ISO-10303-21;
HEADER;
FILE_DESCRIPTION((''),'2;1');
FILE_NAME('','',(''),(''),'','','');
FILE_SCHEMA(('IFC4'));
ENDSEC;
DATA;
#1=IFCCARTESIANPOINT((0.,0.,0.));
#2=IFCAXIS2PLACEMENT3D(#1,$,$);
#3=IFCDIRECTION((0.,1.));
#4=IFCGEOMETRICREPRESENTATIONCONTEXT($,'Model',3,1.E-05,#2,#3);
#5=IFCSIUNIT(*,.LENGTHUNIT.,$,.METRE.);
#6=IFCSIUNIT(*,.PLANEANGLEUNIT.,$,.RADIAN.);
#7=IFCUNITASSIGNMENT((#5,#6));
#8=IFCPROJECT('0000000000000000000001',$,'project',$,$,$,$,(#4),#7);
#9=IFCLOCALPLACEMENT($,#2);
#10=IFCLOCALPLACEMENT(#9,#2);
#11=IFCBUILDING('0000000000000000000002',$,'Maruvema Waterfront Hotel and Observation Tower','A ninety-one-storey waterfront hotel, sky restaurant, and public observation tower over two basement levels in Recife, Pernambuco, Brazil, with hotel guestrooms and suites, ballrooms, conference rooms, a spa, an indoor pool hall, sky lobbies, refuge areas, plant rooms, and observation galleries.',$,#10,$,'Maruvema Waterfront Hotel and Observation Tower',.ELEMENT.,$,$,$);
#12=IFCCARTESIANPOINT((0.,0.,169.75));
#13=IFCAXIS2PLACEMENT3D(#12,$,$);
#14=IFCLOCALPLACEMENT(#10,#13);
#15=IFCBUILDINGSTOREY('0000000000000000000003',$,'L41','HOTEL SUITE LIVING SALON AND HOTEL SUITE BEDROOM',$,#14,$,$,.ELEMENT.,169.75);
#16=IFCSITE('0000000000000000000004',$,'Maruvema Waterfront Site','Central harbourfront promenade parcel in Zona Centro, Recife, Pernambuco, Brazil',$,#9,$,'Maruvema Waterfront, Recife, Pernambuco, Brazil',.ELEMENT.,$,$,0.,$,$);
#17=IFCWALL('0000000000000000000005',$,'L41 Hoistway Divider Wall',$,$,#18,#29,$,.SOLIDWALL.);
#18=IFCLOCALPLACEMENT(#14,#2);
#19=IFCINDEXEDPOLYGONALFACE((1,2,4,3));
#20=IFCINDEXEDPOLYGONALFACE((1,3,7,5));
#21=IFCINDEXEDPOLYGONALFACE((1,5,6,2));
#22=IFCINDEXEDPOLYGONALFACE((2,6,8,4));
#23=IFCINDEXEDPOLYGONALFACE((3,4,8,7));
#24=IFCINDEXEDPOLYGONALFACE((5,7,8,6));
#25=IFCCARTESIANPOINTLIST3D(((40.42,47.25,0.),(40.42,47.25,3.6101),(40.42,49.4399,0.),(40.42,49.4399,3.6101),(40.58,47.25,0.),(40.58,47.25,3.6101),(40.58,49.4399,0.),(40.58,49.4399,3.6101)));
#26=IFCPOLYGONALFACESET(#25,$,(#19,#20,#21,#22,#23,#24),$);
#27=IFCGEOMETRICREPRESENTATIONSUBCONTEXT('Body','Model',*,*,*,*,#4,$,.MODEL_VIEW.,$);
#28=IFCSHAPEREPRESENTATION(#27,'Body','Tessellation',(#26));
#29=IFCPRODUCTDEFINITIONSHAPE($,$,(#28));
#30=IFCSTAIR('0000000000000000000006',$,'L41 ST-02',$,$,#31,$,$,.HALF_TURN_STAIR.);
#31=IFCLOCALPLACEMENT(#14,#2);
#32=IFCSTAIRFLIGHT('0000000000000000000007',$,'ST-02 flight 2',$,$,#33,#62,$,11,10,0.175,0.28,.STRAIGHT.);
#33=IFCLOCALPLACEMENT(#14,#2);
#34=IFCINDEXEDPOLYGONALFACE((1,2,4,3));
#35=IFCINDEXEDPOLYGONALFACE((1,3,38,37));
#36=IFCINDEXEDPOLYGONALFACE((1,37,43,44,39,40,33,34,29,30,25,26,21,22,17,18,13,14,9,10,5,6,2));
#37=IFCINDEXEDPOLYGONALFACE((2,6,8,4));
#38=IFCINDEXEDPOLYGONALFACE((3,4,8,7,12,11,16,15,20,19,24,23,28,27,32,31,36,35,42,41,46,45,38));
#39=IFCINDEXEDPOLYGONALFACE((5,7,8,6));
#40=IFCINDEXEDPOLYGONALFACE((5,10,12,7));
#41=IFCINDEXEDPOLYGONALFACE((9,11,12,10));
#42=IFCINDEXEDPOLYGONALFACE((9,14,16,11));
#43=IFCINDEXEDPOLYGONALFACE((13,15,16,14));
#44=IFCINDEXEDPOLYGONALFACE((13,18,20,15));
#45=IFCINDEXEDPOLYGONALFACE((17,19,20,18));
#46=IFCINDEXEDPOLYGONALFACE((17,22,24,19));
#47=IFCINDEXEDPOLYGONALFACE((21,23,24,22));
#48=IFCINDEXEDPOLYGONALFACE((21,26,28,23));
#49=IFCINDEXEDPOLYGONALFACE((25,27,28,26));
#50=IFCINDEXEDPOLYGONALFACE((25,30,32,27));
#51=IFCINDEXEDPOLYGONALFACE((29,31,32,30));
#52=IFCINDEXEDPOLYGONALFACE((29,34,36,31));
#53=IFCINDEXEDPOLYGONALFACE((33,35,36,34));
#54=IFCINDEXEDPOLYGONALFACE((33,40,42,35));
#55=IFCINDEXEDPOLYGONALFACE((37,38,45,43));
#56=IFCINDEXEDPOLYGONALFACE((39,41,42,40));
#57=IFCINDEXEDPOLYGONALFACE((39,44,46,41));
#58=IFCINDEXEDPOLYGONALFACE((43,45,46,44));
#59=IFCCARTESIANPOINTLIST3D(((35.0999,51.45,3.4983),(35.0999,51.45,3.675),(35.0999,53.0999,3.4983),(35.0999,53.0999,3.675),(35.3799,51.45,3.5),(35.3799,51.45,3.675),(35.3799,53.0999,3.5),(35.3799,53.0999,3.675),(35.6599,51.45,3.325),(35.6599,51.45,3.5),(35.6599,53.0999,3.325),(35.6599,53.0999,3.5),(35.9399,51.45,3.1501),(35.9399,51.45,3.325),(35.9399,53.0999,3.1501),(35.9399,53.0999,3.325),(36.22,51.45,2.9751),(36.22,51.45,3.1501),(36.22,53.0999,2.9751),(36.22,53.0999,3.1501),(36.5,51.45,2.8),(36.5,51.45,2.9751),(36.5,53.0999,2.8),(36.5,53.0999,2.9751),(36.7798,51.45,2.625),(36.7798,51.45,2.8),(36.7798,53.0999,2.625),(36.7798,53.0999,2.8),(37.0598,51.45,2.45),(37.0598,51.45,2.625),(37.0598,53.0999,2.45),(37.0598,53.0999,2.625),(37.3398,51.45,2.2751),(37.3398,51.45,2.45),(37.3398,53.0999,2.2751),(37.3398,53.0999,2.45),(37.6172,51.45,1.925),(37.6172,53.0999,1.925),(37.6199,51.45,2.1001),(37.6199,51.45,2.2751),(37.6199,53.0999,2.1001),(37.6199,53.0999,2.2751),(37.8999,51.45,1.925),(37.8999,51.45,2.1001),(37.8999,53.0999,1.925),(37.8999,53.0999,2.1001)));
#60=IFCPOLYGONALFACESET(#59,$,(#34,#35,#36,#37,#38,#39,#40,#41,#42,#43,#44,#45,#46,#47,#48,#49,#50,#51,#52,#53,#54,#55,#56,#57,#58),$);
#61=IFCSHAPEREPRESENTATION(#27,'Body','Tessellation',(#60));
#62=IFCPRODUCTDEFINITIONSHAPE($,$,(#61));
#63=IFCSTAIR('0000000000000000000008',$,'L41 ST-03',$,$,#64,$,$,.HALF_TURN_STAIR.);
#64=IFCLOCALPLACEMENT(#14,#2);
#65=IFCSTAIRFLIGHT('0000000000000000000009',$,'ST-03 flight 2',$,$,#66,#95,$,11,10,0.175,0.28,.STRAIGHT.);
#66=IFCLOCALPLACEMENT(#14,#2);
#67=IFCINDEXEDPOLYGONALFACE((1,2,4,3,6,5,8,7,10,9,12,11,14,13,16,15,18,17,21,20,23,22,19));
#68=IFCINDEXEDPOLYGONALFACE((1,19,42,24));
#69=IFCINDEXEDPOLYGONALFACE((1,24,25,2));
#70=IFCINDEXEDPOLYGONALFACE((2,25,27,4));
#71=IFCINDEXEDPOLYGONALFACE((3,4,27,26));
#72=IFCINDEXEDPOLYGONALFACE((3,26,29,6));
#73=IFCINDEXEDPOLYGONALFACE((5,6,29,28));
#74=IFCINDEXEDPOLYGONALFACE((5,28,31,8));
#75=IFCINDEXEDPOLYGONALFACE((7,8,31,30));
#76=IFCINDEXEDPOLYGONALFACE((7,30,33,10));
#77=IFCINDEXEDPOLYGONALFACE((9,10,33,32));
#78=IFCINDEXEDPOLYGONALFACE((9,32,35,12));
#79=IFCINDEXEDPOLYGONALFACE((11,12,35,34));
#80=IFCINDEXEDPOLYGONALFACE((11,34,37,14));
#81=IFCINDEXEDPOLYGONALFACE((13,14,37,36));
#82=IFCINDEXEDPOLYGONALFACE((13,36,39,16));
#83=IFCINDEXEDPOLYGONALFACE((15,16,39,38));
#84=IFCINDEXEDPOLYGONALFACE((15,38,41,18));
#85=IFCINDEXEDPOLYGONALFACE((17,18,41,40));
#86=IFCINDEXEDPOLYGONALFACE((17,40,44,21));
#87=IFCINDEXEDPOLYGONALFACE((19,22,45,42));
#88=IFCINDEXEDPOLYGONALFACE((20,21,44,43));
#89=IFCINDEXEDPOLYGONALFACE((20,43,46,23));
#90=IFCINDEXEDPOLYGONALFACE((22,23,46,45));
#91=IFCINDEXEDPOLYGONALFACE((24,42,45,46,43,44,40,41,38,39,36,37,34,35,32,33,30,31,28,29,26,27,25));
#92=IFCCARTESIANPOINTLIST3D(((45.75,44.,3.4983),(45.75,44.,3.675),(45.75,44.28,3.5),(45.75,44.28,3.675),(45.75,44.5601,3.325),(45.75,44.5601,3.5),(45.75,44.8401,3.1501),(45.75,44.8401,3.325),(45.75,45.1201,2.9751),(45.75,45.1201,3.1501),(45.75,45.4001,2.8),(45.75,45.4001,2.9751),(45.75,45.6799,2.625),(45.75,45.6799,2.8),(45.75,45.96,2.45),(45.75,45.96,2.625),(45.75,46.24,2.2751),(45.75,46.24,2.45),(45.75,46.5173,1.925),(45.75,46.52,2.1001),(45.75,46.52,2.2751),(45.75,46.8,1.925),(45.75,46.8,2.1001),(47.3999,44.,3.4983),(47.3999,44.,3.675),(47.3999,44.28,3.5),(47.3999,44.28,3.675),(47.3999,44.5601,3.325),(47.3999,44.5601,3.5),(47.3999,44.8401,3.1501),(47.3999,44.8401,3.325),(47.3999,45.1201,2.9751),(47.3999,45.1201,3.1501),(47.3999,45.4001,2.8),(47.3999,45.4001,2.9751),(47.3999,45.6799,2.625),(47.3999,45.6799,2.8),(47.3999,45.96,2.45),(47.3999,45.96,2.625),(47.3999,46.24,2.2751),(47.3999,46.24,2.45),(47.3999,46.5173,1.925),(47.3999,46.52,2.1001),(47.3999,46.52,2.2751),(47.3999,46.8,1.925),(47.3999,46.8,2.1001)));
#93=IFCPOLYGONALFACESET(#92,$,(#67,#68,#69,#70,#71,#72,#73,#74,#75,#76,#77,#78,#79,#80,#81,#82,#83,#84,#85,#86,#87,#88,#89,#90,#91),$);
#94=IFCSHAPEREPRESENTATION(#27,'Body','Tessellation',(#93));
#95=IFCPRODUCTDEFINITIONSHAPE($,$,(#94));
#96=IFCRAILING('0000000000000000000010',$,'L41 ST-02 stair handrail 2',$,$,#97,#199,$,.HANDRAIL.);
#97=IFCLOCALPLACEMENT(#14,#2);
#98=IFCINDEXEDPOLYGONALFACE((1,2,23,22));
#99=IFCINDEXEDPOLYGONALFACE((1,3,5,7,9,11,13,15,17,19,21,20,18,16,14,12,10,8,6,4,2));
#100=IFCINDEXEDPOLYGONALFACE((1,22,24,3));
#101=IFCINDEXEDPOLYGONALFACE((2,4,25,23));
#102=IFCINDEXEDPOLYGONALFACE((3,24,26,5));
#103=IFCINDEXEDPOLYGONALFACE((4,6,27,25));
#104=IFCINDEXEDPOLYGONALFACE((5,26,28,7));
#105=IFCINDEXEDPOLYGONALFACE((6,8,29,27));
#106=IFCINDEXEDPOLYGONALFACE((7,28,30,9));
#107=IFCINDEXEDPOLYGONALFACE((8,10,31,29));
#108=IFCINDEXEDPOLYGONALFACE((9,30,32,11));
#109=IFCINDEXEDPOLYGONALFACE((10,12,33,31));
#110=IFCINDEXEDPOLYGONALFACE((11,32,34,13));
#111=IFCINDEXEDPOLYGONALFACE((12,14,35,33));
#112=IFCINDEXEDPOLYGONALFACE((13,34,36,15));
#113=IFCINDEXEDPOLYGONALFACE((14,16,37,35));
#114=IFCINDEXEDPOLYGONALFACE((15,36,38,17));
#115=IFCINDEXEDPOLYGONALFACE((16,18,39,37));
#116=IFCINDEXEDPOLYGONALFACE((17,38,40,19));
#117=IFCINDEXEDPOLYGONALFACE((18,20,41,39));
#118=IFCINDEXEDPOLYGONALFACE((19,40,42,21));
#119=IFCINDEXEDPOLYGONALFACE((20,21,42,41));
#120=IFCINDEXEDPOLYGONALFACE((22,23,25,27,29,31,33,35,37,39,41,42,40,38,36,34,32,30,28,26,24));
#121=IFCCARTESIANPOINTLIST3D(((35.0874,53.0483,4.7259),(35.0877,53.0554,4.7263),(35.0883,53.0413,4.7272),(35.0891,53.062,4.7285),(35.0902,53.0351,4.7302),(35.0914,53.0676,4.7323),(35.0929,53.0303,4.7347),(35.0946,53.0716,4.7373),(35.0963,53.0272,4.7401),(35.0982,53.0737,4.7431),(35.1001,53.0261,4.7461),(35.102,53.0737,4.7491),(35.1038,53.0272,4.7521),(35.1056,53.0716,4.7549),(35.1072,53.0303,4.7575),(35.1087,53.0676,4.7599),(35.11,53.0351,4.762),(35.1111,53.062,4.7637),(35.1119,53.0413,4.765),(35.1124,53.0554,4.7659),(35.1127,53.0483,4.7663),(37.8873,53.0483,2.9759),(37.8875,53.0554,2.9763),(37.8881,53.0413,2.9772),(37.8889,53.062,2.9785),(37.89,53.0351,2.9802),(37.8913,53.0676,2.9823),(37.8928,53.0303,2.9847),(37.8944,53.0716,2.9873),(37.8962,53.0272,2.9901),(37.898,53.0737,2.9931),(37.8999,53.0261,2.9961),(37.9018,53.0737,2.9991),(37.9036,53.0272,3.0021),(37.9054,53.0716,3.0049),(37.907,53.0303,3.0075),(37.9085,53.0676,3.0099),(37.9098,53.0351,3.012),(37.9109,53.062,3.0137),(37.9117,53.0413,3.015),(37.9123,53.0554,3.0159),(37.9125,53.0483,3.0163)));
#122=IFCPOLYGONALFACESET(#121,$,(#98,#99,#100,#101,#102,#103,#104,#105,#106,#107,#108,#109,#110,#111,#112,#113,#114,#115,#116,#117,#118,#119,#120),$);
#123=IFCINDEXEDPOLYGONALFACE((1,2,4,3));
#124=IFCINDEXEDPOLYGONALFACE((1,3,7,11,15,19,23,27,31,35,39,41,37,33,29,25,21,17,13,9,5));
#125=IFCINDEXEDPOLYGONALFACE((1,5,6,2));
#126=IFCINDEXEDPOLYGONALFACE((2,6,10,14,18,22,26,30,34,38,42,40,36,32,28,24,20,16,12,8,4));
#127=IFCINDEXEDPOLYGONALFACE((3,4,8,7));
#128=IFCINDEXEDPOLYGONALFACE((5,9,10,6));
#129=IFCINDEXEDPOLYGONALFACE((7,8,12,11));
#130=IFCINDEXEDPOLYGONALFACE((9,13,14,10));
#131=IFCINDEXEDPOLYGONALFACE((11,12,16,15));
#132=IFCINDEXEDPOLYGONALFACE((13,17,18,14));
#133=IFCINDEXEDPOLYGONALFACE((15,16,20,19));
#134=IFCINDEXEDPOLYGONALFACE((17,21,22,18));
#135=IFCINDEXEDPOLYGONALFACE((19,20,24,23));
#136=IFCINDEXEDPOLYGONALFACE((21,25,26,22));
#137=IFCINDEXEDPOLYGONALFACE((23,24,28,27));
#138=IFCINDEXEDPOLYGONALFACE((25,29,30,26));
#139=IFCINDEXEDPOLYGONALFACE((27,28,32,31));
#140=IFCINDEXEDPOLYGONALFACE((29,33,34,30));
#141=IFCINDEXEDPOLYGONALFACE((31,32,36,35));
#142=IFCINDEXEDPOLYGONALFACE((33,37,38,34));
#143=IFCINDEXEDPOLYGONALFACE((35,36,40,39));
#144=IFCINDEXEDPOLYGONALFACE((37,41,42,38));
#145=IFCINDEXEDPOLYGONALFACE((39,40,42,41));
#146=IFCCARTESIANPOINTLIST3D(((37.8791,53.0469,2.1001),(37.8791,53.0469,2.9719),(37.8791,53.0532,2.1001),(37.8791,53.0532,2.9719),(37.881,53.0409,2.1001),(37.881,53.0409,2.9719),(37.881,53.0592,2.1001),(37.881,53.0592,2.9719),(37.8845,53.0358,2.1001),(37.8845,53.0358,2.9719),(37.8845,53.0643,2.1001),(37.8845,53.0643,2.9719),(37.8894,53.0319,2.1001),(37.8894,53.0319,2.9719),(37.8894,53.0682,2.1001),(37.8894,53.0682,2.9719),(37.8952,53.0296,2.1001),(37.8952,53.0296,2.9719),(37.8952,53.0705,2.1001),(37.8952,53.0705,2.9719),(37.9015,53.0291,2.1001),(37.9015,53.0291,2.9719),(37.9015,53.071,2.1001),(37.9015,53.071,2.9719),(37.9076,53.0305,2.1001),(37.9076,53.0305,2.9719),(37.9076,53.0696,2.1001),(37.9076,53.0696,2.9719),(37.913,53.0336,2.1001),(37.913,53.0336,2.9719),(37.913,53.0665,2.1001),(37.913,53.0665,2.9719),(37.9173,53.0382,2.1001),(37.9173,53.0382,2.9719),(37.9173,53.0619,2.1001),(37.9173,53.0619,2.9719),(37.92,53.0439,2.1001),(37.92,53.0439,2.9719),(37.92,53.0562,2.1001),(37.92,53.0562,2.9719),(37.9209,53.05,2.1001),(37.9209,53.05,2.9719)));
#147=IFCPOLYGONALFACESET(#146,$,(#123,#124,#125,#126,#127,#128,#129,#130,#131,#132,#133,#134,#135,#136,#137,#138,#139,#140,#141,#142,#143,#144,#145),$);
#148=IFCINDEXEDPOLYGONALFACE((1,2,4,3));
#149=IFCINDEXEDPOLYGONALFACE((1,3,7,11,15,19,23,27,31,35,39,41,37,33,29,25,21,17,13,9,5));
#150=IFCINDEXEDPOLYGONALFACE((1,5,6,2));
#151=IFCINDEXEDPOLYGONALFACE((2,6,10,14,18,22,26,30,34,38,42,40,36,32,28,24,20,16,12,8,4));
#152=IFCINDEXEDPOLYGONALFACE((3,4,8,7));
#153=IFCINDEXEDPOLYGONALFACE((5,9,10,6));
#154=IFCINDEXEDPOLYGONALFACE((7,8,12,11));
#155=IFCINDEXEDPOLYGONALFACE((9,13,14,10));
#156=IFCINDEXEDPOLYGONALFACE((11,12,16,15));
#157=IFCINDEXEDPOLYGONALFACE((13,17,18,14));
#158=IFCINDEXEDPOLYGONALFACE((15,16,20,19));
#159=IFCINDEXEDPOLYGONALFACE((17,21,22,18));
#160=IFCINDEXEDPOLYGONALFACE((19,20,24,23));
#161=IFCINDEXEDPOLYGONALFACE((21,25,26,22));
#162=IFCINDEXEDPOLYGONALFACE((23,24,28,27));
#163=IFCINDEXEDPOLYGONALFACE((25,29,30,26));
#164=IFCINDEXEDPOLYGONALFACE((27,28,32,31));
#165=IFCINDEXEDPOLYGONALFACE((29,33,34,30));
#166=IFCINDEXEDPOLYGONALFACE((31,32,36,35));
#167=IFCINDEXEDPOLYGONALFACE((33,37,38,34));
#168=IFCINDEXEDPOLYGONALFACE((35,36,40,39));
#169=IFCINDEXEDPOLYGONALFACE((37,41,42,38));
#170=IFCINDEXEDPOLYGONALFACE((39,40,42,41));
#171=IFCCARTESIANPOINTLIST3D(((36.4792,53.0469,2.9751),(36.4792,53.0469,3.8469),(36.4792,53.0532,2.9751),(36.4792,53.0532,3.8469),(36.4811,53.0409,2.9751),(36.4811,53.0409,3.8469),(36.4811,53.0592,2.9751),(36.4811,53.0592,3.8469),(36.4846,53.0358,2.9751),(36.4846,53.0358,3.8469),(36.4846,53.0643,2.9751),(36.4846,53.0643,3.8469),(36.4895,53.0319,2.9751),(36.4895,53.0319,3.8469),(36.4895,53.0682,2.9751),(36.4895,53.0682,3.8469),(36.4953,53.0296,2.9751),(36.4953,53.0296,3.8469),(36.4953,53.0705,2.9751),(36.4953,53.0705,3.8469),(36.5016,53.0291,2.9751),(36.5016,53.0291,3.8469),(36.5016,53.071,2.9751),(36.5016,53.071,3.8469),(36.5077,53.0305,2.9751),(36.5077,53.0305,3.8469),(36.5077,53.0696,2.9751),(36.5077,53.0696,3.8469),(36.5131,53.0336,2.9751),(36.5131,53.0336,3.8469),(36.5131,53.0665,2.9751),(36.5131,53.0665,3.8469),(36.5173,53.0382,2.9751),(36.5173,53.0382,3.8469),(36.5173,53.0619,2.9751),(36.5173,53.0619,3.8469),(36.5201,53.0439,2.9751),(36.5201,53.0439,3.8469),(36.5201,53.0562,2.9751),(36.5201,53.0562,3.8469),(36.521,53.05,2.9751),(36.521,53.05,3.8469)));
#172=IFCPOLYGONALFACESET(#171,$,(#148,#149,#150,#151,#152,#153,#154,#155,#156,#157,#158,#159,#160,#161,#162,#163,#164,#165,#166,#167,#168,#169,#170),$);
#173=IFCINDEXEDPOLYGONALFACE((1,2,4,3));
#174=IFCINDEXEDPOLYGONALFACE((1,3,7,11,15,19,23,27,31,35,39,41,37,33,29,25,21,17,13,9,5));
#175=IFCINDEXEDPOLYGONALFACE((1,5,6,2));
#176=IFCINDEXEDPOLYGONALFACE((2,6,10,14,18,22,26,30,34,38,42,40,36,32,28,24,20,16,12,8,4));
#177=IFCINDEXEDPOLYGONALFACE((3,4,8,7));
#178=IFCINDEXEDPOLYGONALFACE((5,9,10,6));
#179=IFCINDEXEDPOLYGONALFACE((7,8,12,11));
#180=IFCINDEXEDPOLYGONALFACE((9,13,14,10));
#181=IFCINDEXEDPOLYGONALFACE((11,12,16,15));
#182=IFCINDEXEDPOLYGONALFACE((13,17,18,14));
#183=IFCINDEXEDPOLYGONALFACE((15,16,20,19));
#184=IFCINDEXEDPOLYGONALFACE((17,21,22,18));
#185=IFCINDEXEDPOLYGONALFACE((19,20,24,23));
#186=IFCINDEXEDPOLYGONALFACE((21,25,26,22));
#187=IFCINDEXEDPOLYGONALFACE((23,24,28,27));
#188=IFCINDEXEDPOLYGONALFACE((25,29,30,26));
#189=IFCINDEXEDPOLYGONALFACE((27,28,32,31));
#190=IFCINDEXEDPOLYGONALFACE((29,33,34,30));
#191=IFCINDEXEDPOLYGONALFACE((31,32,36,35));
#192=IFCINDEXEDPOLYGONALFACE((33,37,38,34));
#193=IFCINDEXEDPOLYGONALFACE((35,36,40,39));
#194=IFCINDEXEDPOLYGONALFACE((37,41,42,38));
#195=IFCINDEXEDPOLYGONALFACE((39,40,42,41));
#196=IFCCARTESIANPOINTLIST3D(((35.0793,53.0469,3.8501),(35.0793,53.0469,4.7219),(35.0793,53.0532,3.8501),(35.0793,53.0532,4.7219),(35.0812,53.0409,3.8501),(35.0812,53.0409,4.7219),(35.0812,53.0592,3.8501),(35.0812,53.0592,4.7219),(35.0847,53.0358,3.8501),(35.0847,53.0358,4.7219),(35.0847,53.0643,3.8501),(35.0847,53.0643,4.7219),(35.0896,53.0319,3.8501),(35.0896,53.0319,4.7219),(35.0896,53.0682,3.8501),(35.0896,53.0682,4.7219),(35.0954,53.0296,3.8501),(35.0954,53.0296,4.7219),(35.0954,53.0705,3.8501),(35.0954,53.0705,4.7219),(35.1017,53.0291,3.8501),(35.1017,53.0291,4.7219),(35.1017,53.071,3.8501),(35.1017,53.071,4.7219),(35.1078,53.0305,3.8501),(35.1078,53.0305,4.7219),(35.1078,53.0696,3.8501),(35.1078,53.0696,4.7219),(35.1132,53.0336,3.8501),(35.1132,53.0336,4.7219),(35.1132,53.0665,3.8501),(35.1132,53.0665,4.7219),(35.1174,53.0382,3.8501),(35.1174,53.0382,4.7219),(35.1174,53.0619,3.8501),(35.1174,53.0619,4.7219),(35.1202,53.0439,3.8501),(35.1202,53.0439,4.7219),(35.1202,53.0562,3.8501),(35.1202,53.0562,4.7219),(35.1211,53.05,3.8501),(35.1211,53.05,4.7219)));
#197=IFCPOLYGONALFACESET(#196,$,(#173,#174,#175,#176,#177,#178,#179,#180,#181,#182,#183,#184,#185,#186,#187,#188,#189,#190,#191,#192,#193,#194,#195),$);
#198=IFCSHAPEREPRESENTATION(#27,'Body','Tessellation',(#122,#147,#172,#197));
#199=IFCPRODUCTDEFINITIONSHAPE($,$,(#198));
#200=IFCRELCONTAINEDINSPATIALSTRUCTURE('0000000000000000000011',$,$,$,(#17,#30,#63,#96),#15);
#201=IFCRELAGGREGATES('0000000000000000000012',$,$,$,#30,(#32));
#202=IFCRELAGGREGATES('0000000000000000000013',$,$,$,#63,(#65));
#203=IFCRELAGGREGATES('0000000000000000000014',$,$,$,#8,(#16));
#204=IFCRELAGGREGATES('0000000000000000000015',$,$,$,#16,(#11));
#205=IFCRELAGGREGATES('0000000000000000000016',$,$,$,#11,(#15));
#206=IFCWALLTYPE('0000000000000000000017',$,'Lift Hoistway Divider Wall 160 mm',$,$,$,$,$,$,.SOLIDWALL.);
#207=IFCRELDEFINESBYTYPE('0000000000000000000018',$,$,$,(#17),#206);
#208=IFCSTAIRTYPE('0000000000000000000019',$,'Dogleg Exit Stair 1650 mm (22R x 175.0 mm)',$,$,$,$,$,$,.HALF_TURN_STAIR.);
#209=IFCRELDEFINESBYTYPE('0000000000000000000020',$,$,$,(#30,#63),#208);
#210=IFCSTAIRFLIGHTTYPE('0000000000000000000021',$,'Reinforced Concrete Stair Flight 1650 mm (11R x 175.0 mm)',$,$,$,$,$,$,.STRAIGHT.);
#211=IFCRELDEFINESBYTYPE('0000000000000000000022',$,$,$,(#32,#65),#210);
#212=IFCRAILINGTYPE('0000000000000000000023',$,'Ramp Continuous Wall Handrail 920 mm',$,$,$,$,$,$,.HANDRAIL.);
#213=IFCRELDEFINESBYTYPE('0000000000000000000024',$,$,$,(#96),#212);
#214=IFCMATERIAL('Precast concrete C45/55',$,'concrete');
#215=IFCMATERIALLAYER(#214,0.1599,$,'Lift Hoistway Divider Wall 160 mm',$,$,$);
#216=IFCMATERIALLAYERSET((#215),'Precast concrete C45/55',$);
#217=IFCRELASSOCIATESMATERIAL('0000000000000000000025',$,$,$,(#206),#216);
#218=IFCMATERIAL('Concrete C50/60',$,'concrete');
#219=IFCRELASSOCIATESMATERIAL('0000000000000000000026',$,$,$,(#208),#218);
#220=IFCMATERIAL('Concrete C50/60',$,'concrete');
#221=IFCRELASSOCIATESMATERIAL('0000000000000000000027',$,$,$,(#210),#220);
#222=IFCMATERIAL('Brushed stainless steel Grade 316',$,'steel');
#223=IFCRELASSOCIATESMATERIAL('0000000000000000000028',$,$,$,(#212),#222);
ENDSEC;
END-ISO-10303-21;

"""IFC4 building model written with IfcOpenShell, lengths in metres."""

from ifc_helpers import new_model, si_unit, direction, frame, frame_2d, origin, origin_2d, place, context, subcontext, project, spatial, polyline, rectangle, circle, outline, extrude, material, layer, layer_set, type_object, element, aggregate, save


model = new_model("IFC4")

# Units and contexts
model_context = context("Model", 3, precision=1e-05, world=origin(), true_north=direction((0.0, 1.0)))
body_context = subcontext(model_context, "Body", "Model", "MODEL_VIEW")
ifc_project = project(units=[si_unit("LENGTHUNIT", "METRE"), si_unit("PLANEANGLEUNIT", "RADIAN")], contexts=[model_context])

# Site, building, storey
site_placement = place(None, origin())
site = spatial("IfcSite", under=ifc_project, at=site_placement, Name="Maruvema Waterfront Site", Description="Central harbourfront promenade parcel in Zona Centro, Recife, Pernambuco, Brazil", LongName="Maruvema Waterfront, Recife, Pernambuco, Brazil", CompositionType="ELEMENT", RefElevation=0.0)
building_placement = place(site_placement, origin())
building = spatial("IfcBuilding", under=site, at=building_placement, Name="Maruvema Waterfront Hotel and Observation Tower", Description="A ninety-one-storey waterfront hotel, sky restaurant, and public observation tower over two basement levels in Recife, Pernambuco, Brazil, with hotel guestrooms and suites, ballrooms, conference rooms, a spa, an indoor pool hall, sky lobbies, refuge areas, plant rooms, and observation galleries.", LongName="Maruvema Waterfront Hotel and Observation Tower", CompositionType="ELEMENT")
storey_placement = place(building_placement, frame((0.0, 0.0, 169.75)))
storey = spatial("IfcBuildingStorey", under=building, at=storey_placement, Name="L41", Description="HOTEL SUITE LIVING SALON AND HOTEL SUITE BEDROOM", CompositionType="ELEMENT", Elevation=169.75)

# Wall
ifc_material_1 = material(Name="Precast concrete C45/55", Category="concrete")
ifc_layer_1 = layer(ifc_material_1, 0.1599, Name="Lift Hoistway Divider Wall 160 mm")
ifc_layer_set_1 = layer_set([ifc_layer_1], Name="Precast concrete C45/55")
wall_type_1 = type_object("IfcWallType", Name="Lift Hoistway Divider Wall 160 mm", PredefinedType="SOLIDWALL", material=ifc_layer_set_1)
for number, where, z_axis, x_axis, name in (
    (1, (40.5, 47.25, 0.0), (0.0, 0.0, 1.0), (0.0, 1.0, 0.0), "L41 Hoistway Divider Wall"),
):
    element("IfcWall", number, at=place(storey_placement, frame(where, z_axis=z_axis, x_axis=x_axis)), inside=storey, type_object=wall_type_1, Name=name, PredefinedType="SOLIDWALL", context=body_context, shape_type="SweptSolid", body=[
        extrude(rectangle(XDim=2.1899, YDim=0.1599, at=frame_2d((1.095, 0.0))), origin(), (0.0, 0.0, 1.0), 3.6101),
    ])

# Stairs, stair flights
ifc_material_2 = material(Name="Concrete C50/60", Category="concrete")
stair_type = type_object("IfcStairType", Name="Dogleg Exit Stair 1650 mm (22R x 175.0 mm)", PredefinedType="HALF_TURN_STAIR", material=ifc_material_2)
stair_1_placement = place(storey_placement, origin())
stair_1 = element("IfcStair", 2, at=stair_1_placement, inside=storey, type_object=stair_type, Name="L41 ST-02", PredefinedType="HALF_TURN_STAIR")
ifc_material_3 = material(Name="Concrete C50/60", Category="concrete")
stair_flight_type = type_object("IfcStairFlightType", Name="Reinforced Concrete Stair Flight 1650 mm (11R x 175.0 mm)", PredefinedType="STRAIGHT", material=ifc_material_3)
stair_flight_1_placement = place(storey_placement, frame((37.8999, 52.2749, 1.925), z_axis=(0.0, 0.0, 1.0), x_axis=(-1.0, 0.0, 0.0)))
stair_flight_1 = element("IfcStairFlight", 3, at=stair_flight_1_placement, type_object=stair_flight_type, Name="ST-02 flight 2", NumberOfRisers=11, NumberOfTreads=10, PredefinedType="STRAIGHT", RiserHeight=0.175, TreadLength=0.28, context=body_context, shape_type="SweptSolid", body=[
    extrude(outline(polyline([(0.0, 0.0), (0.0, 0.175), (0.28, 0.175), (0.28, 0.3501), (0.5601, 0.3501), (0.5601, 0.5249), (0.8401, 0.5249), (0.8401, 0.7), (1.1201, 0.7), (1.1201, 0.875), (1.3999, 0.875), (1.3999, 1.05), (1.6799, 1.05), (1.6799, 1.2251), (1.96, 1.2251), (1.96, 1.3999), (2.24, 1.3999), (2.24, 1.575), (2.52, 1.575), (2.52, 1.75), (2.8, 1.75), (2.8, 1.925), (2.8, 1.5732), (0.2827, 0.0), (0.0, 0.0)])), frame((0.0, 0.825, 0.0), z_axis=(0.0, -1.0, 0.0), x_axis=(1.0, 0.0, 0.0)), (0.0, 0.0, 1.0), 1.6499),
])
aggregate(stair_1, [stair_flight_1])
stair_2_placement = place(storey_placement, origin())
stair_2 = element("IfcStair", 4, at=stair_2_placement, inside=storey, type_object=stair_type, Name="L41 ST-03", PredefinedType="HALF_TURN_STAIR")
stair_flight_2_placement = place(storey_placement, frame((46.575, 46.8, 1.925), z_axis=(0.0, 0.0, 1.0), x_axis=(0.0, -1.0, 0.0)))
stair_flight_2 = element("IfcStairFlight", 5, at=stair_flight_2_placement, type_object=stair_flight_type, Name="ST-03 flight 2", NumberOfRisers=11, NumberOfTreads=10, PredefinedType="STRAIGHT", RiserHeight=0.175, TreadLength=0.28, context=body_context, shape_type="SweptSolid", body=[
    extrude(outline(polyline([(0.0, 0.0), (0.0, 0.175), (0.28, 0.175), (0.28, 0.3501), (0.5601, 0.3501), (0.5601, 0.5249), (0.8401, 0.5249), (0.8401, 0.7), (1.1201, 0.7), (1.1201, 0.875), (1.3999, 0.875), (1.3999, 1.05), (1.6799, 1.05), (1.6799, 1.2251), (1.96, 1.2251), (1.96, 1.3999), (2.24, 1.3999), (2.24, 1.575), (2.52, 1.575), (2.52, 1.75), (2.8, 1.75), (2.8, 1.925), (2.8, 1.5732), (0.2827, 0.0), (0.0, 0.0)])), frame((0.0, 0.825, 0.0), z_axis=(0.0, -1.0, 0.0), x_axis=(1.0, 0.0, 0.0)), (0.0, 0.0, 1.0), 1.6499),
])
aggregate(stair_2, [stair_flight_2])

# Railing
ifc_material_4 = material(Name="Brushed stainless steel Grade 316", Category="steel")
railing_type_1 = type_object("IfcRailingType", Name="Ramp Continuous Wall Handrail 920 mm", PredefinedType="HANDRAIL", material=ifc_material_4)
railing_1_placement = place(storey_placement, frame((37.8999, 53.05, 2.1001)))
element("IfcRailing", 6, at=railing_1_placement, inside=storey, type_object=railing_type_1, Name="L41 ST-02 stair handrail 2", PredefinedType="HANDRAIL", context=body_context, shape_type="SweptSolid", body=[
    extrude(circle(Radius=0.0239, at=origin_2d()), frame((0.0, 0.0, 0.896), z_axis=(-0.847982, 0.0, 0.530026), x_axis=(0.0, -1.0, 0.0)), (0.0, 0.0, 1.0), 3.3018),
    extrude(circle(Radius=0.021, at=origin_2d()), origin(), (0.0, 0.0, 1.0), 0.8718),
    extrude(circle(Radius=0.021, at=origin_2d()), frame((-1.3999, 0.0, 0.875)), (0.0, 0.0, 1.0), 0.8718),
    extrude(circle(Radius=0.021, at=origin_2d()), frame((-2.7998, 0.0, 1.75)), (0.0, 0.0, 1.0), 0.8718),
])

save(model, "model.ifc")
